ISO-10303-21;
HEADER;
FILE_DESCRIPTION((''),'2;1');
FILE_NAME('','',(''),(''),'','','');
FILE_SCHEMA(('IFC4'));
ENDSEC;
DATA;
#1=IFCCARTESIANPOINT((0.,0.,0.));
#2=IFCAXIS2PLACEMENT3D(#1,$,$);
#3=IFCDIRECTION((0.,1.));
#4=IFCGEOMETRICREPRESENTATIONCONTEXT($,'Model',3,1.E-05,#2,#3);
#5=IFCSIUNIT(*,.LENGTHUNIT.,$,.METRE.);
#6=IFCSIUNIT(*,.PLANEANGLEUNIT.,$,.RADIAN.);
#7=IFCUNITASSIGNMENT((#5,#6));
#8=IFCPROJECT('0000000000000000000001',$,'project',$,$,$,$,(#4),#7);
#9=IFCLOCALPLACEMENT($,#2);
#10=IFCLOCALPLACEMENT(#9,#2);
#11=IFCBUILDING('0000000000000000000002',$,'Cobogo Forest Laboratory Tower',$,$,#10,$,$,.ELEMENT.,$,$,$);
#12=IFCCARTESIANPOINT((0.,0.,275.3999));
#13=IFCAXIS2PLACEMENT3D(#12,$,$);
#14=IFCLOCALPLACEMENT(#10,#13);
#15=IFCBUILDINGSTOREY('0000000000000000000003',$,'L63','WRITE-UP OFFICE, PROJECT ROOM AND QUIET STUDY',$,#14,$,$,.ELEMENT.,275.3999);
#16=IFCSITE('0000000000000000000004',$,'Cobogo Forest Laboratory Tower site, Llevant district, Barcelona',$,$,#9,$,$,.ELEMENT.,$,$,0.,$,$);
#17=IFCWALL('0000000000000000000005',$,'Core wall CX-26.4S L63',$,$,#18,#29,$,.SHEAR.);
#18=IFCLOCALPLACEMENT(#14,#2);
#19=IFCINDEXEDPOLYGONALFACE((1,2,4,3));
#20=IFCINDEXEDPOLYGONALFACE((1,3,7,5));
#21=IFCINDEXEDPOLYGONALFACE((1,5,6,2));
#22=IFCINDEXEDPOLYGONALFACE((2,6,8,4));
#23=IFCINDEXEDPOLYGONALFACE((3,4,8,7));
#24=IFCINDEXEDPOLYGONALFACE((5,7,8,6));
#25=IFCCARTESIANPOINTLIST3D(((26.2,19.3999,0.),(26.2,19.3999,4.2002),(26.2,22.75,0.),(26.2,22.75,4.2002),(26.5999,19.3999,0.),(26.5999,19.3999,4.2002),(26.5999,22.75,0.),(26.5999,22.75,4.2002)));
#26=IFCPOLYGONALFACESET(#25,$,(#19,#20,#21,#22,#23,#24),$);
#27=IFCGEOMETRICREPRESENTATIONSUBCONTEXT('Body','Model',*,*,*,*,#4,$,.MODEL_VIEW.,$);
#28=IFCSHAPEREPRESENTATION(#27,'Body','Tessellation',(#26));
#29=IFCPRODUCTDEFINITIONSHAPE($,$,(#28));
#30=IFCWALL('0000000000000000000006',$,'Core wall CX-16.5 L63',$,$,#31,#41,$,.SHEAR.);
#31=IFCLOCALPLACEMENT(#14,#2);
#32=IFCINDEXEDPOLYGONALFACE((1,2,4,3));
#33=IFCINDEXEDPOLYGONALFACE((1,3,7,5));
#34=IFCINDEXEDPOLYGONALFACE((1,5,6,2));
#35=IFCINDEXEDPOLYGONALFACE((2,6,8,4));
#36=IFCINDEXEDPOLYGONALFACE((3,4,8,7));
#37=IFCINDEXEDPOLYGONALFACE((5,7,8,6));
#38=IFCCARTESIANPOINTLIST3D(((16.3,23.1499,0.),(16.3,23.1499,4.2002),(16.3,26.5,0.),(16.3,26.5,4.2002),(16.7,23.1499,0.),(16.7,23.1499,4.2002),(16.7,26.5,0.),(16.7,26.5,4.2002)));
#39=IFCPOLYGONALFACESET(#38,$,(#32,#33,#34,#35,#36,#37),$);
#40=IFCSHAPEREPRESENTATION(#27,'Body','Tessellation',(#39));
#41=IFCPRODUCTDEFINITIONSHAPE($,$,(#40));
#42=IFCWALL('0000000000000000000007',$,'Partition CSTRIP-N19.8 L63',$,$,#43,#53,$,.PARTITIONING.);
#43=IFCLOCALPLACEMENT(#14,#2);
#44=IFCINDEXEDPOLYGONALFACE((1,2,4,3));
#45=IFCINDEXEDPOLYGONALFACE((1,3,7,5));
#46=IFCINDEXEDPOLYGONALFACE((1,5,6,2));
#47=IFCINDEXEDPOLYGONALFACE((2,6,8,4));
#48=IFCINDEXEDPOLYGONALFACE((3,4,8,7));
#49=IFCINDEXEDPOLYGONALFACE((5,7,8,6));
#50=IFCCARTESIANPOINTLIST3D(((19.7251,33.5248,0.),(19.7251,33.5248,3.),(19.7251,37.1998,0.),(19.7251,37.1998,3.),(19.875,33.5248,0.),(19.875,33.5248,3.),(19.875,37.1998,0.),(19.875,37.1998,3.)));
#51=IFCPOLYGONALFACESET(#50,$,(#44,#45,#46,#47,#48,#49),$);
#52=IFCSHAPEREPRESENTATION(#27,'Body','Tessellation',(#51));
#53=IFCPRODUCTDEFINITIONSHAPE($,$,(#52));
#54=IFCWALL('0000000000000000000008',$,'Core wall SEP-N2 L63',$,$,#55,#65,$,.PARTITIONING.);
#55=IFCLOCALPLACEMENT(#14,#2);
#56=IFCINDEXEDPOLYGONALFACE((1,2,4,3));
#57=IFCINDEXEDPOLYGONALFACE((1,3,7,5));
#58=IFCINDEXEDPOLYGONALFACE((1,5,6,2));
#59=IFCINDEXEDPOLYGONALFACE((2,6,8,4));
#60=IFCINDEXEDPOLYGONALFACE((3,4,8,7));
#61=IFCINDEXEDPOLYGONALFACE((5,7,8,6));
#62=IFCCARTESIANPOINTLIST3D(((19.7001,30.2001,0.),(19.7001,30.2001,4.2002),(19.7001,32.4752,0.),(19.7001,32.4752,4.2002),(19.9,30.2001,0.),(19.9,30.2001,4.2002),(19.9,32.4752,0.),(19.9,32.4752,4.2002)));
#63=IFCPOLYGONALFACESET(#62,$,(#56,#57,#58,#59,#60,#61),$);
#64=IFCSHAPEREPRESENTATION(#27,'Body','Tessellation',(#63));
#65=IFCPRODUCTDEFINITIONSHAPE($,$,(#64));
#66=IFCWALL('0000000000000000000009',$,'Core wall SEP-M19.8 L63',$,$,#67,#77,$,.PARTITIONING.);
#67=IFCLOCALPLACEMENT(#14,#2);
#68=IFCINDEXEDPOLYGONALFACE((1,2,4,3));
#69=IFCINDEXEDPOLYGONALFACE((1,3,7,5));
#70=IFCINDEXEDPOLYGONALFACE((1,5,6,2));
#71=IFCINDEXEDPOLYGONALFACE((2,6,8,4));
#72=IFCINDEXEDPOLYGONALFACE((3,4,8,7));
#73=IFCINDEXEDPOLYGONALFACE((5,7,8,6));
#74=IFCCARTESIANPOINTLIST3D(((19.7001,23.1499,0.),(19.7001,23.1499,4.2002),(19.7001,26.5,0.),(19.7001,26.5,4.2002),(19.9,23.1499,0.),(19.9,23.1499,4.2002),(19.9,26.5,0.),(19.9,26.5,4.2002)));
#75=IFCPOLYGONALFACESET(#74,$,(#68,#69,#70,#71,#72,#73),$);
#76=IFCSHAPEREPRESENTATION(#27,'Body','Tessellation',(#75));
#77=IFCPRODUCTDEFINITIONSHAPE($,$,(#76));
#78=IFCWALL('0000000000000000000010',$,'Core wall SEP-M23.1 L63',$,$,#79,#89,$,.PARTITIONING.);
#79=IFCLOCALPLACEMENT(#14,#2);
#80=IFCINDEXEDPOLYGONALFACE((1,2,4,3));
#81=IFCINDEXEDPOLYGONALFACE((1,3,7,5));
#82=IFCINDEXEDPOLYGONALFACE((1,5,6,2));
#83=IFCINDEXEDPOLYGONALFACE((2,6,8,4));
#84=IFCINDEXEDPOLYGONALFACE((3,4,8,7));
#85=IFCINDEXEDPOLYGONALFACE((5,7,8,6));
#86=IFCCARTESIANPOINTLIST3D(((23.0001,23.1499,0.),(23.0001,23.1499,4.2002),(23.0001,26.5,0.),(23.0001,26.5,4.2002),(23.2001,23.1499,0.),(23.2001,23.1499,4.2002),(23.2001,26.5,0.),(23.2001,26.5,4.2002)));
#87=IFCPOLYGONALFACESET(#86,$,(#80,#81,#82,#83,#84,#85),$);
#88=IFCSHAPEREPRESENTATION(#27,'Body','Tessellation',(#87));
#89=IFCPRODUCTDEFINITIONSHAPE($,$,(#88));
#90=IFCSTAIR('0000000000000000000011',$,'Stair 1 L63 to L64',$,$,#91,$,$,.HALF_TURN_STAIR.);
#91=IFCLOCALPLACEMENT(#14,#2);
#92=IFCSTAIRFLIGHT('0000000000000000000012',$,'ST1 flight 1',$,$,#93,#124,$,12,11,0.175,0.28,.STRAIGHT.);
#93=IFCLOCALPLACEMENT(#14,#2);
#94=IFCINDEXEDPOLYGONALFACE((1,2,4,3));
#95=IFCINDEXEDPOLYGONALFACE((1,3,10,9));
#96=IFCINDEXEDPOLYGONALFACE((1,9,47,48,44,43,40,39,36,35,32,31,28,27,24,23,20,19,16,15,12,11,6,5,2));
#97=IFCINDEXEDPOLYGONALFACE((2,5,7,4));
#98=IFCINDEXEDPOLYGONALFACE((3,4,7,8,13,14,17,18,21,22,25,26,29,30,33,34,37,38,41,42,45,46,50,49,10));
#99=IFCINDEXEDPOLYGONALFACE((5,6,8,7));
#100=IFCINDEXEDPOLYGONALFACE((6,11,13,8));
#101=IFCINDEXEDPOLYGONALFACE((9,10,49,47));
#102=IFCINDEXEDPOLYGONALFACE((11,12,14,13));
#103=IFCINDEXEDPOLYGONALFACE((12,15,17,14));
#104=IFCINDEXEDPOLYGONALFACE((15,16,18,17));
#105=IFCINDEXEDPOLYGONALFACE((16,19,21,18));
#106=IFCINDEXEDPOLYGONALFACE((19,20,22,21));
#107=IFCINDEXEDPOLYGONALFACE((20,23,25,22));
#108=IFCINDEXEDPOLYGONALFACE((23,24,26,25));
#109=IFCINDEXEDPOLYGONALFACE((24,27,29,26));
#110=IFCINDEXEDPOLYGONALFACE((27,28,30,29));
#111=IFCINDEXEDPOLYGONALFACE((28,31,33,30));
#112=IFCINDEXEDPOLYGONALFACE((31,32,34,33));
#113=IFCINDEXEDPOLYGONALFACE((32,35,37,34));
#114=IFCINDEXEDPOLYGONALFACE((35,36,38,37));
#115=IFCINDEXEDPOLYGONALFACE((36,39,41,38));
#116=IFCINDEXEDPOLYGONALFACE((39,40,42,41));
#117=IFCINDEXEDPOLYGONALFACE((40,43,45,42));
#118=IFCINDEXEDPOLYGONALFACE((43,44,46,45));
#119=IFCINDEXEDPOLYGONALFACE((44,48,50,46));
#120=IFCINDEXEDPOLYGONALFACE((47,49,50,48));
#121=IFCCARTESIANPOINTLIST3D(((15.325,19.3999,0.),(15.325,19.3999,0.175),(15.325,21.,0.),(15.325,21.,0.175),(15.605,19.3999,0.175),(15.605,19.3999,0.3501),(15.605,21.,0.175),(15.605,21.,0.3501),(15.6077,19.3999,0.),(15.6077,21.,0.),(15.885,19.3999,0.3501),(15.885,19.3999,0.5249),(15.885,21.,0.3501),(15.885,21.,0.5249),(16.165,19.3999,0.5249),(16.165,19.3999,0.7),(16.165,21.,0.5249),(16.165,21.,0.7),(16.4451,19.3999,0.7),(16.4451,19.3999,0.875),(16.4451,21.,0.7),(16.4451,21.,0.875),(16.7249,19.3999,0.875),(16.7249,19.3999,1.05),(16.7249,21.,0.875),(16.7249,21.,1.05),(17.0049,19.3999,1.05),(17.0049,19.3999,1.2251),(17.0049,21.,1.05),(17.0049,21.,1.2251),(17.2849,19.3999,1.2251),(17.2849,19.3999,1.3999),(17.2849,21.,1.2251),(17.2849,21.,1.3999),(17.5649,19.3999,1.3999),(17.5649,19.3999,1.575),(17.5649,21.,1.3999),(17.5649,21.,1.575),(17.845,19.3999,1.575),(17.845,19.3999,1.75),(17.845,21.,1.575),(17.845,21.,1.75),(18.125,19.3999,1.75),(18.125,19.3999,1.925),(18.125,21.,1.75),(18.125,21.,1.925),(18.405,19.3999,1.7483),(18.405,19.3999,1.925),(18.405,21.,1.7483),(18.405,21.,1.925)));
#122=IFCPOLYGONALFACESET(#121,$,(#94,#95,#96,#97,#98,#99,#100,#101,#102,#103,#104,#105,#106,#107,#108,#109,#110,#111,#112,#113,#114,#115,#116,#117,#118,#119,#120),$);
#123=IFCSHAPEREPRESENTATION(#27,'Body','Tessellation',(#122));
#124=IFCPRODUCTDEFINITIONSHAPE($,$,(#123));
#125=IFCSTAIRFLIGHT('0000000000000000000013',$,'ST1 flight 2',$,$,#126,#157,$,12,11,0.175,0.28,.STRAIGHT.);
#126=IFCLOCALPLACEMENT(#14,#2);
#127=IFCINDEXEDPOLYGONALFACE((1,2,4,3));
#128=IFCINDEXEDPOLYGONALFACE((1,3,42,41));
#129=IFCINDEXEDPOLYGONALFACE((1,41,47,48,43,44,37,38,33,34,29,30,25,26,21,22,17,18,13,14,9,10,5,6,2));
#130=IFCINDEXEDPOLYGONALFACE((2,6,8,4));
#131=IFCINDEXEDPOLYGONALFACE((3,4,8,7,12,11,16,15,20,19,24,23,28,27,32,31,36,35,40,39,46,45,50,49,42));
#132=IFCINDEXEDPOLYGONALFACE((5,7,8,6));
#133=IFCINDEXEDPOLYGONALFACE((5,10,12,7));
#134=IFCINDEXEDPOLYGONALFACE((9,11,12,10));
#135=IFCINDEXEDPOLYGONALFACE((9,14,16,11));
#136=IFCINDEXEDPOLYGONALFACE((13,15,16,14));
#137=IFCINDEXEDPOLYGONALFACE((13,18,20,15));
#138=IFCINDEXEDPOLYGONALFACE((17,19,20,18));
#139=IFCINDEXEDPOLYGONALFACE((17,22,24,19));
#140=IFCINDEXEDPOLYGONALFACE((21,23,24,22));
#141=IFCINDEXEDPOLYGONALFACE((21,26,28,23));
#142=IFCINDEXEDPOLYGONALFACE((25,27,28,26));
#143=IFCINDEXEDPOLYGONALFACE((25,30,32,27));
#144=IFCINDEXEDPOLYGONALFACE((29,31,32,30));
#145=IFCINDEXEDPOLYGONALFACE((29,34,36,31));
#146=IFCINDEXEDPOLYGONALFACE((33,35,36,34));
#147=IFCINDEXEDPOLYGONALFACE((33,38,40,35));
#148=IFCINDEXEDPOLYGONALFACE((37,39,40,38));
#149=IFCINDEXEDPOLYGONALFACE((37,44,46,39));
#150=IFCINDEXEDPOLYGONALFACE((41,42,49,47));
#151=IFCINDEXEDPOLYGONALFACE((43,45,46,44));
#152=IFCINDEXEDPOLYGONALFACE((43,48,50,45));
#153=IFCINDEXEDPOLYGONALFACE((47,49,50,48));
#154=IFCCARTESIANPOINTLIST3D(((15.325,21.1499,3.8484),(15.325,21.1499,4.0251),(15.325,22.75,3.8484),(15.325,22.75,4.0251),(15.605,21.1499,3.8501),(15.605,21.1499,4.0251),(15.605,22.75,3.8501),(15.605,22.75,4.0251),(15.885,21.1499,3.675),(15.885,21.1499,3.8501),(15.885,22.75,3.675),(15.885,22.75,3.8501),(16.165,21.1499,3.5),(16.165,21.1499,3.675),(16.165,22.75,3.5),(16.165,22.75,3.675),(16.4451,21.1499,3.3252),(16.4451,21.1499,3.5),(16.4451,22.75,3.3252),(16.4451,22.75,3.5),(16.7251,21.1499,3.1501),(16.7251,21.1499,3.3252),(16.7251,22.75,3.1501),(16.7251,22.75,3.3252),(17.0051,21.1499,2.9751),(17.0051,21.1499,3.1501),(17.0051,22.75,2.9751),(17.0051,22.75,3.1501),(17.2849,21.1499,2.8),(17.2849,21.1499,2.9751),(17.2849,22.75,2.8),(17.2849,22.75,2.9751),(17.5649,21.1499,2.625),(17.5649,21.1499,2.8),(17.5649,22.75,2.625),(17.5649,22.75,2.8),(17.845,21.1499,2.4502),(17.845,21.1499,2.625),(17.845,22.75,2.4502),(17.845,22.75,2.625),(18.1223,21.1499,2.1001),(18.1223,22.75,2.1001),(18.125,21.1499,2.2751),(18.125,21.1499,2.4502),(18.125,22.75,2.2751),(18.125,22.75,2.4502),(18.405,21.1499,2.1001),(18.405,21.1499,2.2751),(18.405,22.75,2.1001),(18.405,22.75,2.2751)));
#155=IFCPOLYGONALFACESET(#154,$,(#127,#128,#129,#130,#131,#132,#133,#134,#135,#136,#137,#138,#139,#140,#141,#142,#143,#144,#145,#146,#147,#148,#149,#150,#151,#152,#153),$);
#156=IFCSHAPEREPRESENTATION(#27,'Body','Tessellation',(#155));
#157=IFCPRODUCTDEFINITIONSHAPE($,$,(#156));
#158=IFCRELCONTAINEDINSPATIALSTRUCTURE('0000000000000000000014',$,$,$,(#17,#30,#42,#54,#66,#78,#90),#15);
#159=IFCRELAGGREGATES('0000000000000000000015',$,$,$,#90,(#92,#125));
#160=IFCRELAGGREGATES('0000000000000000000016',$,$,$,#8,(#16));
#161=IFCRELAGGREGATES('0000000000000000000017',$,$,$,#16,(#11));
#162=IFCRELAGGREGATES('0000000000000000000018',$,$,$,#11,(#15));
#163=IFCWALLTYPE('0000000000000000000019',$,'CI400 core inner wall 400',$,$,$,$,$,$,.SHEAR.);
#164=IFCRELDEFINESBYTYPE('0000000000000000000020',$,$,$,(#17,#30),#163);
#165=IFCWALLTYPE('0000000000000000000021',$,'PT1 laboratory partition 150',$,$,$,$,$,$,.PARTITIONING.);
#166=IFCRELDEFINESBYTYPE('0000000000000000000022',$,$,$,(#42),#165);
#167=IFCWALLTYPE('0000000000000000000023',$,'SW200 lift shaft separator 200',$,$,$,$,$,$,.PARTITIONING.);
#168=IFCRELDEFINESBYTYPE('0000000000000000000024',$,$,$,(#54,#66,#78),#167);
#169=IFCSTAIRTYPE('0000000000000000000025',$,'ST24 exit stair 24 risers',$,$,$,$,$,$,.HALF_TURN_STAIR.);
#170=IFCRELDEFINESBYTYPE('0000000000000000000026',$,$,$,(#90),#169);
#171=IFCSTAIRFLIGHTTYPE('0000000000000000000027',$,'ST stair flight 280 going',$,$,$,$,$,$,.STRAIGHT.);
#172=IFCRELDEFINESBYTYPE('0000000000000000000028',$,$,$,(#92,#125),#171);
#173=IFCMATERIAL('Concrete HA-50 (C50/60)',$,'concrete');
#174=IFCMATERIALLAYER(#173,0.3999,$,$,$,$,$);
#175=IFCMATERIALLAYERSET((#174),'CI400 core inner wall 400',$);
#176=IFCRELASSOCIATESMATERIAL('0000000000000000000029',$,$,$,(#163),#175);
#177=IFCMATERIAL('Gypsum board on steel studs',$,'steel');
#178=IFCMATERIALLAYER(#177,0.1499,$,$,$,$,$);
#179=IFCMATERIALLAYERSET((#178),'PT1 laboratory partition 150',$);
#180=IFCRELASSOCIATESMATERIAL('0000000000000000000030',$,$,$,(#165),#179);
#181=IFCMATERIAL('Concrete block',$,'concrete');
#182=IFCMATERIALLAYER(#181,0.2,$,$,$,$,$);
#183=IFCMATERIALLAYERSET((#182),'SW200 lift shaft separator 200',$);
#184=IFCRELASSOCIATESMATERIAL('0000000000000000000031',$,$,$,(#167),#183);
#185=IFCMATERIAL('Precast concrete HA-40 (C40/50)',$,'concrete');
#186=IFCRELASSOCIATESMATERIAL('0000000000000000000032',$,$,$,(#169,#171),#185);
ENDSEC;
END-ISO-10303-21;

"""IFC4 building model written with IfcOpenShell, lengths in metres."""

from ifc_helpers import new_model, si_unit, direction, frame, frame_2d, origin, place, context, subcontext, project, spatial, polyline, rectangle, outline, extrude, material, layer, layer_set, type_object, element, aggregate, save


model = new_model("IFC4")

# Units and contexts
model_context = context("Model", 3, precision=1e-05, world=origin(), true_north=direction((0.0, 1.0)))
body_context = subcontext(model_context, "Body", "Model", "MODEL_VIEW")
ifc_project = project(units=[si_unit("LENGTHUNIT", "METRE"), si_unit("PLANEANGLEUNIT", "RADIAN")], contexts=[model_context])

# Site, building, storey
site_placement = place(None, origin())
site = spatial("IfcSite", under=ifc_project, at=site_placement, Name="Cobogo Forest Laboratory Tower site, Llevant district, Barcelona", CompositionType="ELEMENT", RefElevation=0.0)
building_placement = place(site_placement, origin())
building = spatial("IfcBuilding", under=site, at=building_placement, Name="Cobogo Forest Laboratory Tower", CompositionType="ELEMENT")
storey_placement = place(building_placement, frame((0.0, 0.0, 275.3999)))
storey = spatial("IfcBuildingStorey", under=building, at=storey_placement, Name="L63", Description="WRITE-UP OFFICE, PROJECT ROOM AND QUIET STUDY", CompositionType="ELEMENT", Elevation=275.3999)

# Shared definitions
ifc_material_1 = material(Name="Concrete HA-50 (C50/60)", Category="concrete")
ifc_layer_1 = layer(ifc_material_1, 0.3999)
ifc_layer_set_1 = layer_set([ifc_layer_1], Name="CI400 core inner wall 400")
wall_type_1 = type_object("IfcWallType", Name="CI400 core inner wall 400", PredefinedType="SHEAR", material=ifc_layer_set_1)

# Walls
for number, where, z_axis, x_axis, name in (
    (1, (26.3999, 19.3999, 0.0), (0.0, 0.0, 1.0), (0.0, 1.0, 0.0), "Core wall CX-26.4S L63"),
    (2, (16.5, 23.1499, 0.0), (0.0, 0.0, 1.0), (0.0, 1.0, 0.0), "Core wall CX-16.5 L63"),
):
    element("IfcWall", number, at=place(storey_placement, frame(where, z_axis=z_axis, x_axis=x_axis)), inside=storey, type_object=wall_type_1, Name=name, PredefinedType="SHEAR", context=body_context, shape_type="SweptSolid", body=[
        extrude(rectangle(XDim=3.3501, YDim=0.3999, at=frame_2d((1.675, 0.0))), origin(), (0.0, 0.0, 1.0), 4.2002),
    ])
ifc_material_2 = material(Name="Gypsum board on steel studs", Category="steel")
ifc_layer_2 = layer(ifc_material_2, 0.1499)
ifc_layer_set_2 = layer_set([ifc_layer_2], Name="PT1 laboratory partition 150")
wall_type_2 = type_object("IfcWallType", Name="PT1 laboratory partition 150", PredefinedType="PARTITIONING", material=ifc_layer_set_2)
wall_1_placement = place(storey_placement, frame((19.8, 33.5249, 0.0), z_axis=(0.0, 0.0, 1.0), x_axis=(0.0, 1.0, 0.0)))
element("IfcWall", 3, at=wall_1_placement, inside=storey, type_object=wall_type_2, Name="Partition CSTRIP-N19.8 L63", PredefinedType="PARTITIONING", context=body_context, shape_type="SweptSolid", body=[
    extrude(rectangle(XDim=3.675, YDim=0.1499, at=frame_2d((1.8374, 0.0))), origin(), (0.0, 0.0, 1.0), 3.0),
])
ifc_material_3 = material(Name="Concrete block", Category="concrete")
ifc_layer_3 = layer(ifc_material_3, 0.2)
ifc_layer_set_3 = layer_set([ifc_layer_3], Name="SW200 lift shaft separator 200")
wall_type_3 = type_object("IfcWallType", Name="SW200 lift shaft separator 200", PredefinedType="PARTITIONING", material=ifc_layer_set_3)
wall_2_placement = place(storey_placement, frame((19.8, 30.2, 0.0), z_axis=(0.0, 0.0, 1.0), x_axis=(0.0, 1.0, 0.0)))
element("IfcWall", 4, at=wall_2_placement, inside=storey, type_object=wall_type_3, Name="Core wall SEP-N2 L63", PredefinedType="PARTITIONING", context=body_context, shape_type="SweptSolid", body=[
    extrude(rectangle(XDim=2.2751, YDim=0.2, at=frame_2d((1.1377, 0.0))), origin(), (0.0, 0.0, 1.0), 4.2002),
])
for number, where, z_axis, x_axis, name in (
    (5, (19.8, 23.1499, 0.0), (0.0, 0.0, 1.0), (0.0, 1.0, 0.0), "Core wall SEP-M19.8 L63"),
    (6, (23.1001, 23.1499, 0.0), (0.0, 0.0, 1.0), (0.0, 1.0, 0.0), "Core wall SEP-M23.1 L63"),
):
    element("IfcWall", number, at=place(storey_placement, frame(where, z_axis=z_axis, x_axis=x_axis)), inside=storey, type_object=wall_type_3, Name=name, PredefinedType="PARTITIONING", context=body_context, shape_type="SweptSolid", body=[
        extrude(rectangle(XDim=3.3501, YDim=0.2, at=frame_2d((1.675, 0.0))), origin(), (0.0, 0.0, 1.0), 4.2002),
    ])

# Stair, stair flights
ifc_material_4 = material(Name="Precast concrete HA-40 (C40/50)", Category="concrete")
stair_type = type_object("IfcStairType", Name="ST24 exit stair 24 risers", PredefinedType="HALF_TURN_STAIR", material=ifc_material_4)
stair_placement = place(storey_placement, origin())
stair = element("IfcStair", 7, at=stair_placement, inside=storey, type_object=stair_type, Name="Stair 1 L63 to L64", PredefinedType="HALF_TURN_STAIR")
stair_flight_type = type_object("IfcStairFlightType", Name="ST stair flight 280 going", PredefinedType="STRAIGHT", material=ifc_material_4)
stair_flight_1_placement = place(storey_placement, frame((15.325, 20.2, 0.0), z_axis=(0.0, 0.0, 1.0), x_axis=(1.0, 0.0, 0.0)))
stair_flight_1 = element("IfcStairFlight", 8, at=stair_flight_1_placement, type_object=stair_flight_type, Name="ST1 flight 1", NumberOfRisers=12, NumberOfTreads=11, PredefinedType="STRAIGHT", RiserHeight=0.175, TreadLength=0.28, context=body_context, shape_type="SweptSolid", body=[
    extrude(outline(polyline([(0.0, 0.0), (0.0, 0.175), (0.28, 0.175), (0.28, 0.3501), (0.5601, 0.3501), (0.5601, 0.5249), (0.8401, 0.5249), (0.8401, 0.7), (1.1201, 0.7), (1.1201, 0.875), (1.3999, 0.875), (1.3999, 1.05), (1.6799, 1.05), (1.6799, 1.2251), (1.96, 1.2251), (1.96, 1.3999), (2.24, 1.3999), (2.24, 1.575), (2.52, 1.575), (2.52, 1.75), (2.8, 1.75), (2.8, 1.925), (3.0801, 1.925), (3.0801, 2.1001), (3.0801, 1.7483), (0.2827, 0.0), (0.0, 0.0)])), frame((0.0, 0.8, 0.0), z_axis=(0.0, -1.0, 0.0), x_axis=(1.0, 0.0, 0.0)), (0.0, 0.0, 1.0), 1.6001),
])
stair_flight_2_placement = place(storey_placement, frame((18.405, 21.95, 2.1001), z_axis=(0.0, 0.0, 1.0), x_axis=(-1.0, 0.0, 0.0)))
stair_flight_2 = element("IfcStairFlight", 9, at=stair_flight_2_placement, type_object=stair_flight_type, Name="ST1 flight 2", NumberOfRisers=12, NumberOfTreads=11, PredefinedType="STRAIGHT", RiserHeight=0.175, TreadLength=0.28, context=body_context, shape_type="SweptSolid", body=[
    extrude(outline(polyline([(0.0, 0.0), (0.0, 0.175), (0.28, 0.175), (0.28, 0.3501), (0.5601, 0.3501), (0.5601, 0.5249), (0.8401, 0.5249), (0.8401, 0.7), (1.1201, 0.7), (1.1201, 0.875), (1.3999, 0.875), (1.3999, 1.05), (1.6799, 1.05), (1.6799, 1.2251), (1.96, 1.2251), (1.96, 1.3999), (2.24, 1.3999), (2.24, 1.575), (2.52, 1.575), (2.52, 1.75), (2.8, 1.75), (2.8, 1.925), (3.0801, 1.925), (3.0801, 2.1001), (3.0801, 1.7483), (0.2827, 0.0), (0.0, 0.0)])), frame((0.0, 0.8, 0.0), z_axis=(0.0, -1.0, 0.0), x_axis=(1.0, 0.0, 0.0)), (0.0, 0.0, 1.0), 1.6001),
])
aggregate(stair, [stair_flight_1, stair_flight_2])

save(model, "model.ifc")
